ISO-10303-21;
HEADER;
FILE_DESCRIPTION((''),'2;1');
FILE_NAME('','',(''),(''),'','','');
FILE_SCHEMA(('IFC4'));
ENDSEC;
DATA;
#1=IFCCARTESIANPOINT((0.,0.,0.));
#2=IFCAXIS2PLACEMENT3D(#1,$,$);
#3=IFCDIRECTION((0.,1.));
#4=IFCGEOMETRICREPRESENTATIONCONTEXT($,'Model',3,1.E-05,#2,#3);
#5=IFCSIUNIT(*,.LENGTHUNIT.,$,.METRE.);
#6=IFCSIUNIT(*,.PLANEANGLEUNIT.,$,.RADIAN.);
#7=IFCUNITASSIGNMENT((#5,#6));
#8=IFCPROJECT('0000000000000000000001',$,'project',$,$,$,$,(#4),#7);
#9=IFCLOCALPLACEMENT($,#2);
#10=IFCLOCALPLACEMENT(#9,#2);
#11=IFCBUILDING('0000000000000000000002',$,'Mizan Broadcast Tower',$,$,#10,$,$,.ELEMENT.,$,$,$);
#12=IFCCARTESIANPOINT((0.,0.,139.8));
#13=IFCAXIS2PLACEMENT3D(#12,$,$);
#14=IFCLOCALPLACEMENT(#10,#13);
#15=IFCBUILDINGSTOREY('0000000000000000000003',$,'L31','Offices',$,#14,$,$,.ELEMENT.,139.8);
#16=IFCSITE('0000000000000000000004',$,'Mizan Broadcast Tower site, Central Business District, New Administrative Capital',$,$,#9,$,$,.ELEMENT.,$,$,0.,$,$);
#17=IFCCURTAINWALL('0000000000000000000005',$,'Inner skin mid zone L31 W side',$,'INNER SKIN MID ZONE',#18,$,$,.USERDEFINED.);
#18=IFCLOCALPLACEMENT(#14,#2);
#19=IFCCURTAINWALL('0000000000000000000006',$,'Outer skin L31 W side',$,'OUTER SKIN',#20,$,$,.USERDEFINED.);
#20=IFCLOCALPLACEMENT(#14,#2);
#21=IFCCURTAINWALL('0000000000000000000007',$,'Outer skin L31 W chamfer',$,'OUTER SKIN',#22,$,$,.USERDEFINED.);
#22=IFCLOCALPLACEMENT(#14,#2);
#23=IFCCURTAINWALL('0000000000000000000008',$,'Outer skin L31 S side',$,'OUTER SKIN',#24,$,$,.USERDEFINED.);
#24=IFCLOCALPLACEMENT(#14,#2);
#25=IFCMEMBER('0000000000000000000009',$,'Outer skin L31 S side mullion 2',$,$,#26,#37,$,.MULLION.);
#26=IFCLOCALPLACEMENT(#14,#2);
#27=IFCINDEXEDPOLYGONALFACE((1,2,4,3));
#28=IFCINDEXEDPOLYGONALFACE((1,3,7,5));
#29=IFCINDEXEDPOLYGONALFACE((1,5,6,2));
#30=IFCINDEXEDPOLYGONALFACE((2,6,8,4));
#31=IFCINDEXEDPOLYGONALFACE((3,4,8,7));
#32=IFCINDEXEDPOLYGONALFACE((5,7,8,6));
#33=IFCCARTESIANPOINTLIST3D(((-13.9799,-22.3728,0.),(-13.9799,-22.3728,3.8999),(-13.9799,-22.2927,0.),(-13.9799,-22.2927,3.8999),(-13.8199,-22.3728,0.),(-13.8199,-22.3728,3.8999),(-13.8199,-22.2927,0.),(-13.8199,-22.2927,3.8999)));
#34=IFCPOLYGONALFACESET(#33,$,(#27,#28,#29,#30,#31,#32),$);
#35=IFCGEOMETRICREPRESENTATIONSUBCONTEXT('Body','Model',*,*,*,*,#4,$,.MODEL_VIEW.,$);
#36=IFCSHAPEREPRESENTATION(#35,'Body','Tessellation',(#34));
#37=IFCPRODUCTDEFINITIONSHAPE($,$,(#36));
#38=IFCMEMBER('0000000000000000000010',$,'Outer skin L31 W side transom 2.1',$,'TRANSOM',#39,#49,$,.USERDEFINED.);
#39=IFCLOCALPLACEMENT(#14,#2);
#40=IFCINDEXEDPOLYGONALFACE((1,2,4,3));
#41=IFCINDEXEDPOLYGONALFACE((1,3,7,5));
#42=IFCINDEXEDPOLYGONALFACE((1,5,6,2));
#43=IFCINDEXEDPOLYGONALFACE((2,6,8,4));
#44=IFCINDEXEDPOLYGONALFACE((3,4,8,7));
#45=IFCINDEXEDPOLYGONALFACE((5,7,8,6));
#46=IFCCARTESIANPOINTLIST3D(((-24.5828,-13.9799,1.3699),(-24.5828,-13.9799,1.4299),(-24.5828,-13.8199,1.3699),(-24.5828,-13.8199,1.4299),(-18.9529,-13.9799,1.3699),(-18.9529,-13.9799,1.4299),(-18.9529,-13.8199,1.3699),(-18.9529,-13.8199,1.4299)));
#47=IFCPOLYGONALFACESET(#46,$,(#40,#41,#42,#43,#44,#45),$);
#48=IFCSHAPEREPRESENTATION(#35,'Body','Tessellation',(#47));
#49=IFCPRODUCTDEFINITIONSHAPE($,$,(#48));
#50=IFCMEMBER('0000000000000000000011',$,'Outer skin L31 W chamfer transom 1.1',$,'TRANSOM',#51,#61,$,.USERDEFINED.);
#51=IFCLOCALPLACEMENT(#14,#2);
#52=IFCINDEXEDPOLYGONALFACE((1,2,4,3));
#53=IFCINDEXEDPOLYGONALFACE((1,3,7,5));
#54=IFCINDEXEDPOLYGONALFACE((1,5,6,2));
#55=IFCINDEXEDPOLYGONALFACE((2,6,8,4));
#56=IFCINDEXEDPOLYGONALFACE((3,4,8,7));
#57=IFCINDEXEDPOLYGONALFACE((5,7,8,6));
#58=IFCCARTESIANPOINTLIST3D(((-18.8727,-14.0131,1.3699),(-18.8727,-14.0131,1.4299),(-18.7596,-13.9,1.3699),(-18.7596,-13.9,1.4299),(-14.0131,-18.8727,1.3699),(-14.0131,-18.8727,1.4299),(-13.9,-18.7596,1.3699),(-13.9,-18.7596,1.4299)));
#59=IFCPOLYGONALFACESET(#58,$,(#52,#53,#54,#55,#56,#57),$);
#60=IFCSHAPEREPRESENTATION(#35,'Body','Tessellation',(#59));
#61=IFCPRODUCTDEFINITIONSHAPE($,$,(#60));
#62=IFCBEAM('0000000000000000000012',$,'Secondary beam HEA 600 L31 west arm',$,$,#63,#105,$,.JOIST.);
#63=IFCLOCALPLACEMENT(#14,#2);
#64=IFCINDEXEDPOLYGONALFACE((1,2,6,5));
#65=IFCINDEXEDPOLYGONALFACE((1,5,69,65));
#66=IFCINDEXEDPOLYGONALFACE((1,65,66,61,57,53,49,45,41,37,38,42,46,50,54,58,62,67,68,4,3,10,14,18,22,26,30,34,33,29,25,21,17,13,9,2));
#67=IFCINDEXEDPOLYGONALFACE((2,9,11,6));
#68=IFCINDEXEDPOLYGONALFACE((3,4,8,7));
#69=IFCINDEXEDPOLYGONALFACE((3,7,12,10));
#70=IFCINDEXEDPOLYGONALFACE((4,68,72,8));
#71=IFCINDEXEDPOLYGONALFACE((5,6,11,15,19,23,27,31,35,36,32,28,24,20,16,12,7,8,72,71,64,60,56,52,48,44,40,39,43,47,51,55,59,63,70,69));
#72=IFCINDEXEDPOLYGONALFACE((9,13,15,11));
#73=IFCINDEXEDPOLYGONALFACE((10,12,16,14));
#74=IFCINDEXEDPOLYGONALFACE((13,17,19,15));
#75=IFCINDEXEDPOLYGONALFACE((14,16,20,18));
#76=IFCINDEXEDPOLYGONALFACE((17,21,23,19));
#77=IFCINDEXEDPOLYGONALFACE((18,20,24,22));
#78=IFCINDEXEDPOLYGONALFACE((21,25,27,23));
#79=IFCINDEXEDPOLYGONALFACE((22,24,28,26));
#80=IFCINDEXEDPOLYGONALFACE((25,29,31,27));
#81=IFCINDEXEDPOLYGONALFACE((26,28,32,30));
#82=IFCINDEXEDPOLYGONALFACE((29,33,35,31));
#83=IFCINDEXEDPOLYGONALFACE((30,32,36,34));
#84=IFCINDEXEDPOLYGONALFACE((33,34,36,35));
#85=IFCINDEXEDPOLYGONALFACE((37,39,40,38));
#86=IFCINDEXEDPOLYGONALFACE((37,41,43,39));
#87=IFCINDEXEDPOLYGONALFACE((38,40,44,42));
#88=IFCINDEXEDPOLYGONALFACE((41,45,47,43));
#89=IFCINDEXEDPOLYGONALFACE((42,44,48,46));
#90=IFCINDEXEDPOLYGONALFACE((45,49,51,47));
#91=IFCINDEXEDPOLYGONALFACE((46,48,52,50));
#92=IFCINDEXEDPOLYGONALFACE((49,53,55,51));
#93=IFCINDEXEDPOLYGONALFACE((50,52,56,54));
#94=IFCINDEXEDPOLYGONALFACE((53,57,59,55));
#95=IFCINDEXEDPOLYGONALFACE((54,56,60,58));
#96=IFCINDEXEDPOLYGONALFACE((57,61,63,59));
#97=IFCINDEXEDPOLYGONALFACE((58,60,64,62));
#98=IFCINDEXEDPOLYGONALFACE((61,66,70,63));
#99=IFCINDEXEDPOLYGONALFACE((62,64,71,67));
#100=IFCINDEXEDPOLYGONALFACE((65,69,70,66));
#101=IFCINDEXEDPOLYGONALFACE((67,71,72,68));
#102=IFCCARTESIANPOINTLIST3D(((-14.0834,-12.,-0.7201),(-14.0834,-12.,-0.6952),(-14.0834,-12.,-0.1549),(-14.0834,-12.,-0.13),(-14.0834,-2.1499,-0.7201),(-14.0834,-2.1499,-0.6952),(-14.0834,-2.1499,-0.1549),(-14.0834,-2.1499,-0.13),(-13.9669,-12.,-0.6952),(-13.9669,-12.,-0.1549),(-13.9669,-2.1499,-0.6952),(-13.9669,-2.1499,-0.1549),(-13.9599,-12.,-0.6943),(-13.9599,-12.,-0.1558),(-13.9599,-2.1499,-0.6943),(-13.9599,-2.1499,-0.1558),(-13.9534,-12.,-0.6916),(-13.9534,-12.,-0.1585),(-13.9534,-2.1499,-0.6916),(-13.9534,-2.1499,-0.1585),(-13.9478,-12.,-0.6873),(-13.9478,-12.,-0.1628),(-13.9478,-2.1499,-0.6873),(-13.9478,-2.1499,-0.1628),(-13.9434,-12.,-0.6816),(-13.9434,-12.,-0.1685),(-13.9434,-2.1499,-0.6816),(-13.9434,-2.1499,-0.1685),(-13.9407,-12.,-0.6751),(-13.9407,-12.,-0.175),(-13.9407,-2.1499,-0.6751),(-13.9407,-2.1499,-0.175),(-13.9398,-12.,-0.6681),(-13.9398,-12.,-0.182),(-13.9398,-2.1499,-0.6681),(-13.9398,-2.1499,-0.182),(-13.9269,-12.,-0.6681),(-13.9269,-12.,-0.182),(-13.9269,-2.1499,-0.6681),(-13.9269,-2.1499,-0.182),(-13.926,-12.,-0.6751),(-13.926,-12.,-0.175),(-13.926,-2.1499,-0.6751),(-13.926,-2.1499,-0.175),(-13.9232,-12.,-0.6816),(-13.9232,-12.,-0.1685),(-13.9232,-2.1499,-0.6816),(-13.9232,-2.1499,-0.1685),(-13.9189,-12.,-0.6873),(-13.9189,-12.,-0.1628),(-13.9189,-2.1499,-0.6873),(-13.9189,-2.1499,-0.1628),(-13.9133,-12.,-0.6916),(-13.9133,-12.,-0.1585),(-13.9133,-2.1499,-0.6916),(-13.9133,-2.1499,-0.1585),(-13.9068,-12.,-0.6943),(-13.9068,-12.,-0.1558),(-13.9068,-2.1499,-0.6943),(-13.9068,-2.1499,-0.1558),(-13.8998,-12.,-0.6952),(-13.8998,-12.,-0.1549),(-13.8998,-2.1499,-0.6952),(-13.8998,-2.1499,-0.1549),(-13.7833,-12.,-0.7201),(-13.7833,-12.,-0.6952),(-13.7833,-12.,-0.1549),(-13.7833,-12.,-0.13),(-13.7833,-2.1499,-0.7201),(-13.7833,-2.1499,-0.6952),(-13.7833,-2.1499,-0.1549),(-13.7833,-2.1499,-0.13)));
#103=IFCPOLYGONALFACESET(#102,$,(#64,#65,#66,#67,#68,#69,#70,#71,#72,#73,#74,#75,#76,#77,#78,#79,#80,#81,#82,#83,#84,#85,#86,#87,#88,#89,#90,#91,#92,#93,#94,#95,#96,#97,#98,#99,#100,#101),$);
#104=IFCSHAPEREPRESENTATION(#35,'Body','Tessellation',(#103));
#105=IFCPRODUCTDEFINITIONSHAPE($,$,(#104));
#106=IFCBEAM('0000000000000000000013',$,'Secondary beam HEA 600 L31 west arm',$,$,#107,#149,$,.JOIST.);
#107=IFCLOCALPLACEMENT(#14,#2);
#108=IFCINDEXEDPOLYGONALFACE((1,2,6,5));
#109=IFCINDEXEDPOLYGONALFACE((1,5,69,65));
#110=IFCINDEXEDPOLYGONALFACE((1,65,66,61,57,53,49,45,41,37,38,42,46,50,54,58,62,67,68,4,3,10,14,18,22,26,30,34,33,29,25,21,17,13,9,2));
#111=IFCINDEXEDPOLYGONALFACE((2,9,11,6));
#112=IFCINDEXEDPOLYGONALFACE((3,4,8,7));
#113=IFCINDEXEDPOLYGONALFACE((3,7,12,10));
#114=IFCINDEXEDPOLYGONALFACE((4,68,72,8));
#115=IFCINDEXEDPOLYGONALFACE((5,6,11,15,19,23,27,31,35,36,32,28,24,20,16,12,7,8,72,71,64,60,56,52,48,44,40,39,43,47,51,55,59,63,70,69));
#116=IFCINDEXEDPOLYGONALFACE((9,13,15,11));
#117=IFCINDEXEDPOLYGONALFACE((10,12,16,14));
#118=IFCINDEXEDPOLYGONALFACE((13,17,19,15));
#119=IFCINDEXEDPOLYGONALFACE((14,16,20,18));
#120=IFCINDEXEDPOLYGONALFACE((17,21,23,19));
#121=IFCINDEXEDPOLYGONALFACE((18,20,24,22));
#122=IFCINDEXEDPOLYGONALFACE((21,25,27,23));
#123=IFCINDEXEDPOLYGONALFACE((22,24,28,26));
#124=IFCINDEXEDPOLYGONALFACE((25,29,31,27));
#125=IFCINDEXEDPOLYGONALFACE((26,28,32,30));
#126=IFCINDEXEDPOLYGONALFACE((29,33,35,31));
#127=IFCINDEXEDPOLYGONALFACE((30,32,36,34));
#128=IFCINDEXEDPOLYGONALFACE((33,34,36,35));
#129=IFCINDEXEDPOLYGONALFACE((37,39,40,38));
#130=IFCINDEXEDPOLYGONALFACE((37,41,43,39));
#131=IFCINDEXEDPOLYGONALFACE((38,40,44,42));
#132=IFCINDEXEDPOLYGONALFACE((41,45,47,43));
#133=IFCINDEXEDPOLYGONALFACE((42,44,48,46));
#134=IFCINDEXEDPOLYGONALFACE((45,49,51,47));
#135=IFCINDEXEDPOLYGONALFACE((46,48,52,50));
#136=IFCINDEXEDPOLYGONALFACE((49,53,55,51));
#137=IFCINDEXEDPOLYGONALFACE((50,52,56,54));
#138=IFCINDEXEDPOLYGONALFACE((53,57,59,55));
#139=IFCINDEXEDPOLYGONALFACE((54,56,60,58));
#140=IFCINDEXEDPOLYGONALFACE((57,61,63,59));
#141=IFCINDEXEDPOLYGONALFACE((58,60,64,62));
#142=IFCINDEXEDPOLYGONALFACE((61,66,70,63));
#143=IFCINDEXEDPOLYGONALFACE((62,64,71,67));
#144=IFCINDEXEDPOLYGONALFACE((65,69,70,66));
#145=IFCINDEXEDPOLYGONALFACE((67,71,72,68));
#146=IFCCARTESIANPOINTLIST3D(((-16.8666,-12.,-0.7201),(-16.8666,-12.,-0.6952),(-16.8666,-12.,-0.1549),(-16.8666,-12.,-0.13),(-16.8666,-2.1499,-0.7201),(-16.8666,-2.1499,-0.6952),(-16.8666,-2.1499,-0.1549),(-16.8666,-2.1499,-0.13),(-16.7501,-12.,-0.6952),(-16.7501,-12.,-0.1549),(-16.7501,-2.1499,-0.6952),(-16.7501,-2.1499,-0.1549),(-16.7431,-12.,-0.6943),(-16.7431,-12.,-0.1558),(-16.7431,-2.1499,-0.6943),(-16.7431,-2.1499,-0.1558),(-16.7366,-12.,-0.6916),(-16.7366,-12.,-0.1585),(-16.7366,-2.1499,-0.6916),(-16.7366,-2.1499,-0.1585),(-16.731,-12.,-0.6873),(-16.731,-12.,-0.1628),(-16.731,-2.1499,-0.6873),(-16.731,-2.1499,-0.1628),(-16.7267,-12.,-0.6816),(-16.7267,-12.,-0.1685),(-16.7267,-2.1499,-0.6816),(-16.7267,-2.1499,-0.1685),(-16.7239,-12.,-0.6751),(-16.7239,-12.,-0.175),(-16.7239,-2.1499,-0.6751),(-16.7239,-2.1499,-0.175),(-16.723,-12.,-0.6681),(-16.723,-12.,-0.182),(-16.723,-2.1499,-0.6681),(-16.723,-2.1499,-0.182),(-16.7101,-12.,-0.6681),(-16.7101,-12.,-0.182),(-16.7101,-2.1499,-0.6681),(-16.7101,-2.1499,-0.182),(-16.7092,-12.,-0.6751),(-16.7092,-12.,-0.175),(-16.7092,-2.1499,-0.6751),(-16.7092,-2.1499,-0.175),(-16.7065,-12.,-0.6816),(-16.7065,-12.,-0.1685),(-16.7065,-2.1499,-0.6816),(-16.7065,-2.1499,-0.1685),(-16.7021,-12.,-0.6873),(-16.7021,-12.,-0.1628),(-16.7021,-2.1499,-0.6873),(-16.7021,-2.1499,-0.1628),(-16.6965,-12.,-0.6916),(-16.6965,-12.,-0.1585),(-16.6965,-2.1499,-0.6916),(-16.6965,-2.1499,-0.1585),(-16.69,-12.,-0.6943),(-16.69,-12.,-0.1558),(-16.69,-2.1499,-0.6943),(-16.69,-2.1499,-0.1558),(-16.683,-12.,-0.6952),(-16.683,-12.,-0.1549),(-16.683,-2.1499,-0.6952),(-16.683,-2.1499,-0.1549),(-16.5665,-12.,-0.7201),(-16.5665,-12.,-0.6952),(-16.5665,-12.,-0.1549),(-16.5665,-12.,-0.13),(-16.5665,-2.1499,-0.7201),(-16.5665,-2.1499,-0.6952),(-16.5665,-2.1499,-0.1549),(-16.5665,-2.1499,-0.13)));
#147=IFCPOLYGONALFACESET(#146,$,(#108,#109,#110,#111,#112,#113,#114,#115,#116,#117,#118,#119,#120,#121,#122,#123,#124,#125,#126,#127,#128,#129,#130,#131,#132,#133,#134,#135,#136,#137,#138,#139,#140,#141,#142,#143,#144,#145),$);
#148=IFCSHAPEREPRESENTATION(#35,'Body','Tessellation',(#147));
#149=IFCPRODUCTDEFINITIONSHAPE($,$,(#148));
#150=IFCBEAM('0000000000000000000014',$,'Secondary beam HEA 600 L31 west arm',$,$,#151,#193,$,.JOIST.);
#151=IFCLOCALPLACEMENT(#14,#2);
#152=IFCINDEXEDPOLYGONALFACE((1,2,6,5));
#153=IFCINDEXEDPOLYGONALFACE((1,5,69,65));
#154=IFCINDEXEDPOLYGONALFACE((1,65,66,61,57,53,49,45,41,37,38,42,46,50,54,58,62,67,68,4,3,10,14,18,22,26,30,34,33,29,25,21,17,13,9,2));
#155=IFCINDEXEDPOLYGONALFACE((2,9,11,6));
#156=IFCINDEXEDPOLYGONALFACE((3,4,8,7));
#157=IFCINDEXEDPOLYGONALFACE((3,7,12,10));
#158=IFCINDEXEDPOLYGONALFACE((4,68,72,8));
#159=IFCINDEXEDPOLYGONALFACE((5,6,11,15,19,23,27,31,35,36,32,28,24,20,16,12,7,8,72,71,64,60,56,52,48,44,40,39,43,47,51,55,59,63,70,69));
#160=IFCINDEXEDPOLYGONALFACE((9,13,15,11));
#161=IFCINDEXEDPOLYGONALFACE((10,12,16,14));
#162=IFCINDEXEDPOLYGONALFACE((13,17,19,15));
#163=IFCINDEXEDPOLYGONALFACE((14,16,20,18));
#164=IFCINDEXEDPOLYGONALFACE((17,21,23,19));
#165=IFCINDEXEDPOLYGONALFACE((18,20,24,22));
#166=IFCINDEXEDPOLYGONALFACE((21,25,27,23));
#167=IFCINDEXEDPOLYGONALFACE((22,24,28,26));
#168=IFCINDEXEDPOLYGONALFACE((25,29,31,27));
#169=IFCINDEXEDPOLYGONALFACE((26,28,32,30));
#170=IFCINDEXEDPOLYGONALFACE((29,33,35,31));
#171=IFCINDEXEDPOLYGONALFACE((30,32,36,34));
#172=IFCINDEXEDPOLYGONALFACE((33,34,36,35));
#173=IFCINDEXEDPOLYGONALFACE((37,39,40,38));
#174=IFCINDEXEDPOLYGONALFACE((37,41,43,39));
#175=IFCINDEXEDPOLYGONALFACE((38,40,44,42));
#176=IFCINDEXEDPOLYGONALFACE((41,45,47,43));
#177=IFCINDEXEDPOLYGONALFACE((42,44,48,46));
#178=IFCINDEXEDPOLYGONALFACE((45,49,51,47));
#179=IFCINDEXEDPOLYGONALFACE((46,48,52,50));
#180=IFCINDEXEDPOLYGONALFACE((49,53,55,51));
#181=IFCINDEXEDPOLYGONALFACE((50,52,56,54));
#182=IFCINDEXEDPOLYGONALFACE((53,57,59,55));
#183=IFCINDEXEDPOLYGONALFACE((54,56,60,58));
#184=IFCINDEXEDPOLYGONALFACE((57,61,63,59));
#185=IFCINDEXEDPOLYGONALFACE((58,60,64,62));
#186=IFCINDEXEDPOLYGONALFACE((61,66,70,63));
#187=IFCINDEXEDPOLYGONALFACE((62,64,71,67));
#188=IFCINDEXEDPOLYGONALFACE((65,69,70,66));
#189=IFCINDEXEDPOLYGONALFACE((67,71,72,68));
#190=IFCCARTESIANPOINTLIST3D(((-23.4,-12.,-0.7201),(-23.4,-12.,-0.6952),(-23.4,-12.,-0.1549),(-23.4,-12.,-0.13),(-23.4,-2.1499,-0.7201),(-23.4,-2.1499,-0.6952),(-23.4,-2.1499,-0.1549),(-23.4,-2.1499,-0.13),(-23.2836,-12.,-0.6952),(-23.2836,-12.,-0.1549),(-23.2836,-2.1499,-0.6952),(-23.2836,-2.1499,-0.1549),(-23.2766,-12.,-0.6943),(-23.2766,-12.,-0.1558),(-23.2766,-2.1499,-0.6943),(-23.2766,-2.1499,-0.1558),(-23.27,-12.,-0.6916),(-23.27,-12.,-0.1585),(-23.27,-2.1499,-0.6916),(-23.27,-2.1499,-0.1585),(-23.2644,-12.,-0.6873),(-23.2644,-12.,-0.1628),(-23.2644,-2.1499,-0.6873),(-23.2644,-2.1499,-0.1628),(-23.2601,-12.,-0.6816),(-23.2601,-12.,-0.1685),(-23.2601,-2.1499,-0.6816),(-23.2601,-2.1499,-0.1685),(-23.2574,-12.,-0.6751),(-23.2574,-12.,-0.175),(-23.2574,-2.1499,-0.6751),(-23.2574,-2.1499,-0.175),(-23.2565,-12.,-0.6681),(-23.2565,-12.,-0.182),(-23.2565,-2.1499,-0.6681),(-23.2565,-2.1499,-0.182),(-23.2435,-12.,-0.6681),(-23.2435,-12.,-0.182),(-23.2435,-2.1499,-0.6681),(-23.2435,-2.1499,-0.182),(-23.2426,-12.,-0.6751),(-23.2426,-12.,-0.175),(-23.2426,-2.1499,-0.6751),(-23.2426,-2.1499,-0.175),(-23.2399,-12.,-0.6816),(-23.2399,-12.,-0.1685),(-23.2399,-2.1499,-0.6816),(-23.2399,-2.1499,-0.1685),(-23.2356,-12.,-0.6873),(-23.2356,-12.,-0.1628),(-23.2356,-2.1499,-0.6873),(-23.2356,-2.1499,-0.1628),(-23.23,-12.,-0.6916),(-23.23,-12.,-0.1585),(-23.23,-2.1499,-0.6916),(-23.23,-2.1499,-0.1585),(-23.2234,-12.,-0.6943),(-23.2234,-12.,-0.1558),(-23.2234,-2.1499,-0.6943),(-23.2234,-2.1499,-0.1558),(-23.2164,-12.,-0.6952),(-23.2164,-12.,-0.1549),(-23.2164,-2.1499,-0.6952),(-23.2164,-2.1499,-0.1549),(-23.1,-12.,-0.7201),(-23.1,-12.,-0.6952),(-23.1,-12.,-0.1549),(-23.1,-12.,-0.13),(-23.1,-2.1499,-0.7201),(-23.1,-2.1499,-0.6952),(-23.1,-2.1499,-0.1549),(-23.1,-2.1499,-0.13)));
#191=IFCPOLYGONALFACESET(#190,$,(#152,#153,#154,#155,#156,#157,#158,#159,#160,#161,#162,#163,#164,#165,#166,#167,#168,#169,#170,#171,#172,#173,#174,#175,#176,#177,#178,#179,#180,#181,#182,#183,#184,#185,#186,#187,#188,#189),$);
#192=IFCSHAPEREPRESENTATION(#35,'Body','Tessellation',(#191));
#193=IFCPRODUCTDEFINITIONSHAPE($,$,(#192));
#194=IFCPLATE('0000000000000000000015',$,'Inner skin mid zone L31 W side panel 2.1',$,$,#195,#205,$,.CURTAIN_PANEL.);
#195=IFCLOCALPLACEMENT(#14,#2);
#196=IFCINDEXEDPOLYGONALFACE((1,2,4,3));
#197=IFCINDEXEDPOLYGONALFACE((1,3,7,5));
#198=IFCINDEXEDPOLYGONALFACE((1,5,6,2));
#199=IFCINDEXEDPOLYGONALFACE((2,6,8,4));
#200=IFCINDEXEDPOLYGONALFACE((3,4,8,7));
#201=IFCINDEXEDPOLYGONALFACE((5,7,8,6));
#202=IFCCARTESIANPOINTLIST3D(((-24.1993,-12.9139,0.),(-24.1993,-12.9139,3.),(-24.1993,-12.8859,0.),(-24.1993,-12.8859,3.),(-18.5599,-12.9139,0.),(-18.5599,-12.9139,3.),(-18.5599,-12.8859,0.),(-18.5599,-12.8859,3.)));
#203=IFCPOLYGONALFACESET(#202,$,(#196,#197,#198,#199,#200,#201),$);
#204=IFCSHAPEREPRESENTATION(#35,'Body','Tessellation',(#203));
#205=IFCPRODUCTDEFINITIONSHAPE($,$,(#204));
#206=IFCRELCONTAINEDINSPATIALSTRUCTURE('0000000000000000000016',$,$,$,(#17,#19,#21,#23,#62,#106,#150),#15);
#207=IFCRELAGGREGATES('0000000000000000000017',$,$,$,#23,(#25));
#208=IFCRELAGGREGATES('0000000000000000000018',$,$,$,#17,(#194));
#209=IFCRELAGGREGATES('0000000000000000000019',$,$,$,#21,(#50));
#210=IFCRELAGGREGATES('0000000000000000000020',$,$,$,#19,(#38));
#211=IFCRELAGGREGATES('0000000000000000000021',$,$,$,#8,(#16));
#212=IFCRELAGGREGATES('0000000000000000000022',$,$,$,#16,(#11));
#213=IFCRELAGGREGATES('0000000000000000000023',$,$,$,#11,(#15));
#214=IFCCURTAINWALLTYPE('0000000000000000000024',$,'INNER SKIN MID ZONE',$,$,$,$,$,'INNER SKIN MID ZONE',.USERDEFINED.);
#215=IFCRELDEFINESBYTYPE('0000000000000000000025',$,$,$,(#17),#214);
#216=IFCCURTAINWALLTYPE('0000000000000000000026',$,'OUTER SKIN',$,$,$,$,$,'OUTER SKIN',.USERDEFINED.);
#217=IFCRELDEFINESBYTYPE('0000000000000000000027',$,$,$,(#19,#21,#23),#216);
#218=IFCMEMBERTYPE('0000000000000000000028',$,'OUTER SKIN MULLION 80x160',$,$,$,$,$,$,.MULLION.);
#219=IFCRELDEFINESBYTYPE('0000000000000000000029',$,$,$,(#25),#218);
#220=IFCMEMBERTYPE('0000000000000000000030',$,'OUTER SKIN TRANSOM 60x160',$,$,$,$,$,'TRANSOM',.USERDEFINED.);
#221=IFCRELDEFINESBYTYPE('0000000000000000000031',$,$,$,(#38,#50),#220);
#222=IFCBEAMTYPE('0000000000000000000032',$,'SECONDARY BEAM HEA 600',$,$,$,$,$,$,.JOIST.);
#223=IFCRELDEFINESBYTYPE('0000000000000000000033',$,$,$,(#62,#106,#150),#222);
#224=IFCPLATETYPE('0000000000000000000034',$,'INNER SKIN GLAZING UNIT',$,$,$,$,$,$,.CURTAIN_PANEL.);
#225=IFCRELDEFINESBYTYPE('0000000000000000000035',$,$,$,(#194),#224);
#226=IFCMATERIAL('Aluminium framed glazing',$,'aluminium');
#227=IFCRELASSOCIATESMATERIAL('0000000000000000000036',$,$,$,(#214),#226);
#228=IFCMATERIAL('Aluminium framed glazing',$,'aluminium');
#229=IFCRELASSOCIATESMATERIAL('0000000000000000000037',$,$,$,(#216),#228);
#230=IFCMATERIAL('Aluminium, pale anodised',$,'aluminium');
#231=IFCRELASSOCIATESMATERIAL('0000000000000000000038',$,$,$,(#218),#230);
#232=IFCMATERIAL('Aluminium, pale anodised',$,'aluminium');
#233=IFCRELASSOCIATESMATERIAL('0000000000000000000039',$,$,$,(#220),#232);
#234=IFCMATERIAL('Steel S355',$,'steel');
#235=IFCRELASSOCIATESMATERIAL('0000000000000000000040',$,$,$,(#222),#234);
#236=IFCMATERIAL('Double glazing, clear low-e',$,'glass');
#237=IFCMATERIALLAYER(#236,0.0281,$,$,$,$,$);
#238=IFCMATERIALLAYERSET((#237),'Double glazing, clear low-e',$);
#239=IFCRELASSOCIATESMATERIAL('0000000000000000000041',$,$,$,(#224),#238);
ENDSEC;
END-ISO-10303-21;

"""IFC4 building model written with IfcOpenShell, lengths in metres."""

from ifc_helpers import new_model, si_unit, direction, frame, origin, origin_2d, place, context, subcontext, project, spatial, rectangle, i_section, extrude, material, layer, layer_set, material_profile, profile_set, type_object, element, aggregate, save


model = new_model("IFC4")

# Units and contexts
model_context = context("Model", 3, precision=1e-05, world=origin(), true_north=direction((0.0, 1.0)))
body_context = subcontext(model_context, "Body", "Model", "MODEL_VIEW")
ifc_project = project(units=[si_unit("LENGTHUNIT", "METRE"), si_unit("PLANEANGLEUNIT", "RADIAN")], contexts=[model_context])

# Site, building, storey
site_placement = place(None, origin())
site = spatial("IfcSite", under=ifc_project, at=site_placement, Name="Mizan Broadcast Tower site, Central Business District, New Administrative Capital", CompositionType="ELEMENT", RefElevation=0.0)
building_placement = place(site_placement, origin())
building = spatial("IfcBuilding", under=site, at=building_placement, Name="Mizan Broadcast Tower", CompositionType="ELEMENT")
storey_placement = place(building_placement, frame((0.0, 0.0, 139.8)))
storey = spatial("IfcBuildingStorey", under=building, at=storey_placement, Name="L31", Description="Offices", CompositionType="ELEMENT", Elevation=139.8)

# Curtain walls
ifc_material_1 = material(Name="Aluminium framed glazing", Category="aluminium")
curtain_wall_type_1 = type_object("IfcCurtainWallType", Name="INNER SKIN MID ZONE", ElementType="INNER SKIN MID ZONE", PredefinedType="USERDEFINED", material=ifc_material_1)
curtain_wall_1_placement = place(storey_placement, origin())
curtain_wall_1 = element("IfcCurtainWall", 1, at=curtain_wall_1_placement, inside=storey, type_object=curtain_wall_type_1, Name="Inner skin mid zone L31 W side", ObjectType="INNER SKIN MID ZONE", PredefinedType="USERDEFINED")
ifc_material_2 = material(Name="Aluminium framed glazing", Category="aluminium")
curtain_wall_type_2 = type_object("IfcCurtainWallType", Name="OUTER SKIN", ElementType="OUTER SKIN", PredefinedType="USERDEFINED", material=ifc_material_2)
curtain_wall_2_placement = place(storey_placement, origin())
curtain_wall_2 = element("IfcCurtainWall", 2, at=curtain_wall_2_placement, inside=storey, type_object=curtain_wall_type_2, Name="Outer skin L31 W side", ObjectType="OUTER SKIN", PredefinedType="USERDEFINED")
ifc_material_3 = material(Name="Aluminium, pale anodised", Category="aluminium")
ifc_material_profile_1 = material_profile(ifc_material_3, rectangle(XDim=0.1599, YDim=0.0801, at=origin_2d()), Name="MULLION 160x80")
ifc_profile_set_1 = profile_set([ifc_material_profile_1], Name="Aluminium, pale anodised")
member_type_1 = type_object("IfcMemberType", Name="OUTER SKIN MULLION 80x160", PredefinedType="MULLION", material=ifc_profile_set_1)

# Curtain walls, member
curtain_wall_3_placement = place(storey_placement, origin())
curtain_wall_3 = element("IfcCurtainWall", 3, at=curtain_wall_3_placement, inside=storey, type_object=curtain_wall_type_2, Name="Outer skin L31 W chamfer", ObjectType="OUTER SKIN", PredefinedType="USERDEFINED")
curtain_wall_4_placement = place(storey_placement, origin())
curtain_wall_4 = element("IfcCurtainWall", 4, at=curtain_wall_4_placement, inside=storey, type_object=curtain_wall_type_2, Name="Outer skin L31 S side", ObjectType="OUTER SKIN", PredefinedType="USERDEFINED")
member_1_placement = place(storey_placement, frame((-13.8999, -22.3328, 0.0), z_axis=(0.0, 0.0, 1.0), x_axis=(1.0, 0.0, 0.0)))
member_1 = element("IfcMember", 5, at=member_1_placement, type_object=member_type_1, Name="Outer skin L31 S side mullion 2", PredefinedType="MULLION", context=body_context, shape_type="SweptSolid", body=[
    extrude(rectangle(XDim=0.1599, YDim=0.0801, at=origin_2d()), origin(), (0.0, 0.0, 1.0), 3.8999),
])
aggregate(curtain_wall_4, [member_1])

# Members
ifc_material_4 = material(Name="Aluminium, pale anodised", Category="aluminium")
ifc_material_profile_2 = material_profile(ifc_material_4, rectangle(XDim=0.1599, YDim=0.0601, at=origin_2d()), Name="TRANSOM 160x60")
ifc_profile_set_2 = profile_set([ifc_material_profile_2], Name="Aluminium, pale anodised")
member_type_2 = type_object("IfcMemberType", Name="OUTER SKIN TRANSOM 60x160", ElementType="TRANSOM", PredefinedType="USERDEFINED", material=ifc_profile_set_2)
member_2_placement = place(storey_placement, frame((-24.5828, -13.8999, 1.3999), z_axis=(1.0, 0.0, 0.0), x_axis=(0.0, 1.0, 0.0)))
member_2 = element("IfcMember", 6, at=member_2_placement, type_object=member_type_2, Name="Outer skin L31 W side transom 2.1", ObjectType="TRANSOM", PredefinedType="USERDEFINED", context=body_context, shape_type="SweptSolid", body=[
    extrude(rectangle(XDim=0.1599, YDim=0.0601, at=origin_2d()), origin(), (0.0, 0.0, 1.0), 5.6299),
])
member_3_placement = place(storey_placement, frame((-18.8162, -13.9565, 1.3999), z_axis=(0.707107, -0.707107, 0.0), x_axis=(0.707107, 0.707107, 0.0)))
member_3 = element("IfcMember", 7, at=member_3_placement, type_object=member_type_2, Name="Outer skin L31 W chamfer transom 1.1", ObjectType="TRANSOM", PredefinedType="USERDEFINED", context=body_context, shape_type="SweptSolid", body=[
    extrude(rectangle(XDim=0.1599, YDim=0.0601, at=origin_2d()), origin(), (0.0, 0.0, 1.0), 6.8726),
])

# Beams
ifc_material_5 = material(Name="Steel S355", Category="steel")
ifc_material_profile_3 = material_profile(ifc_material_5, i_section(OverallWidth=0.3, OverallDepth=0.5901, WebThickness=0.0129, FlangeThickness=0.0249, FilletRadius=0.0271, at=origin_2d()), Name="HEA 600")
ifc_profile_set_3 = profile_set([ifc_material_profile_3], Name="Steel S355")
beam_type_1 = type_object("IfcBeamType", Name="SECONDARY BEAM HEA 600", PredefinedType="JOIST", material=ifc_profile_set_3)
for number, where, z_axis, x_axis, name in (
    (8, (-13.9333, -12.0, -0.425), (0.0, 1.0, 0.0), (-1.0, 0.0, 0.0), "Secondary beam HEA 600 L31 west arm"),
    (9, (-16.7166, -12.0, -0.425), (0.0, 1.0, 0.0), (-1.0, 0.0, 0.0), "Secondary beam HEA 600 L31 west arm"),
    (10, (-23.25, -12.0, -0.425), (0.0, 1.0, 0.0), (-1.0, 0.0, 0.0), "Secondary beam HEA 600 L31 west arm"),
):
    element("IfcBeam", number, at=place(storey_placement, frame(where, z_axis=z_axis, x_axis=x_axis)), inside=storey, type_object=beam_type_1, Name=name, PredefinedType="JOIST", context=body_context, shape_type="SweptSolid", body=[
        extrude(i_section(OverallWidth=0.3, OverallDepth=0.5901, WebThickness=0.0129, FlangeThickness=0.0249, FilletRadius=0.0271, at=origin_2d()), origin(), (0.0, 0.0, 1.0), 9.8501),
    ])

# Plate
ifc_material_6 = material(Name="Double glazing, clear low-e", Category="glass")
ifc_layer_1 = layer(ifc_material_6, 0.0281)
ifc_layer_set_1 = layer_set([ifc_layer_1], Name="Double glazing, clear low-e")
plate_type_1 = type_object("IfcPlateType", Name="INNER SKIN GLAZING UNIT", PredefinedType="CURTAIN_PANEL", material=ifc_layer_set_1)
plate_1_placement = place(storey_placement, frame((-21.3796, -12.8999, 0.0), z_axis=(0.0, 0.0, 1.0), x_axis=(1.0, 0.0, 0.0)))
plate_1 = element("IfcPlate", 11, at=plate_1_placement, type_object=plate_type_1, Name="Inner skin mid zone L31 W side panel 2.1", PredefinedType="CURTAIN_PANEL", context=body_context, shape_type="SweptSolid", body=[
    extrude(rectangle(XDim=5.6394, YDim=0.0281, at=origin_2d()), origin(), (0.0, 0.0, 1.0), 3.0),
])
aggregate(curtain_wall_1, [plate_1])
aggregate(curtain_wall_3, [member_3])
aggregate(curtain_wall_2, [member_2])

save(model, "model.ifc")
